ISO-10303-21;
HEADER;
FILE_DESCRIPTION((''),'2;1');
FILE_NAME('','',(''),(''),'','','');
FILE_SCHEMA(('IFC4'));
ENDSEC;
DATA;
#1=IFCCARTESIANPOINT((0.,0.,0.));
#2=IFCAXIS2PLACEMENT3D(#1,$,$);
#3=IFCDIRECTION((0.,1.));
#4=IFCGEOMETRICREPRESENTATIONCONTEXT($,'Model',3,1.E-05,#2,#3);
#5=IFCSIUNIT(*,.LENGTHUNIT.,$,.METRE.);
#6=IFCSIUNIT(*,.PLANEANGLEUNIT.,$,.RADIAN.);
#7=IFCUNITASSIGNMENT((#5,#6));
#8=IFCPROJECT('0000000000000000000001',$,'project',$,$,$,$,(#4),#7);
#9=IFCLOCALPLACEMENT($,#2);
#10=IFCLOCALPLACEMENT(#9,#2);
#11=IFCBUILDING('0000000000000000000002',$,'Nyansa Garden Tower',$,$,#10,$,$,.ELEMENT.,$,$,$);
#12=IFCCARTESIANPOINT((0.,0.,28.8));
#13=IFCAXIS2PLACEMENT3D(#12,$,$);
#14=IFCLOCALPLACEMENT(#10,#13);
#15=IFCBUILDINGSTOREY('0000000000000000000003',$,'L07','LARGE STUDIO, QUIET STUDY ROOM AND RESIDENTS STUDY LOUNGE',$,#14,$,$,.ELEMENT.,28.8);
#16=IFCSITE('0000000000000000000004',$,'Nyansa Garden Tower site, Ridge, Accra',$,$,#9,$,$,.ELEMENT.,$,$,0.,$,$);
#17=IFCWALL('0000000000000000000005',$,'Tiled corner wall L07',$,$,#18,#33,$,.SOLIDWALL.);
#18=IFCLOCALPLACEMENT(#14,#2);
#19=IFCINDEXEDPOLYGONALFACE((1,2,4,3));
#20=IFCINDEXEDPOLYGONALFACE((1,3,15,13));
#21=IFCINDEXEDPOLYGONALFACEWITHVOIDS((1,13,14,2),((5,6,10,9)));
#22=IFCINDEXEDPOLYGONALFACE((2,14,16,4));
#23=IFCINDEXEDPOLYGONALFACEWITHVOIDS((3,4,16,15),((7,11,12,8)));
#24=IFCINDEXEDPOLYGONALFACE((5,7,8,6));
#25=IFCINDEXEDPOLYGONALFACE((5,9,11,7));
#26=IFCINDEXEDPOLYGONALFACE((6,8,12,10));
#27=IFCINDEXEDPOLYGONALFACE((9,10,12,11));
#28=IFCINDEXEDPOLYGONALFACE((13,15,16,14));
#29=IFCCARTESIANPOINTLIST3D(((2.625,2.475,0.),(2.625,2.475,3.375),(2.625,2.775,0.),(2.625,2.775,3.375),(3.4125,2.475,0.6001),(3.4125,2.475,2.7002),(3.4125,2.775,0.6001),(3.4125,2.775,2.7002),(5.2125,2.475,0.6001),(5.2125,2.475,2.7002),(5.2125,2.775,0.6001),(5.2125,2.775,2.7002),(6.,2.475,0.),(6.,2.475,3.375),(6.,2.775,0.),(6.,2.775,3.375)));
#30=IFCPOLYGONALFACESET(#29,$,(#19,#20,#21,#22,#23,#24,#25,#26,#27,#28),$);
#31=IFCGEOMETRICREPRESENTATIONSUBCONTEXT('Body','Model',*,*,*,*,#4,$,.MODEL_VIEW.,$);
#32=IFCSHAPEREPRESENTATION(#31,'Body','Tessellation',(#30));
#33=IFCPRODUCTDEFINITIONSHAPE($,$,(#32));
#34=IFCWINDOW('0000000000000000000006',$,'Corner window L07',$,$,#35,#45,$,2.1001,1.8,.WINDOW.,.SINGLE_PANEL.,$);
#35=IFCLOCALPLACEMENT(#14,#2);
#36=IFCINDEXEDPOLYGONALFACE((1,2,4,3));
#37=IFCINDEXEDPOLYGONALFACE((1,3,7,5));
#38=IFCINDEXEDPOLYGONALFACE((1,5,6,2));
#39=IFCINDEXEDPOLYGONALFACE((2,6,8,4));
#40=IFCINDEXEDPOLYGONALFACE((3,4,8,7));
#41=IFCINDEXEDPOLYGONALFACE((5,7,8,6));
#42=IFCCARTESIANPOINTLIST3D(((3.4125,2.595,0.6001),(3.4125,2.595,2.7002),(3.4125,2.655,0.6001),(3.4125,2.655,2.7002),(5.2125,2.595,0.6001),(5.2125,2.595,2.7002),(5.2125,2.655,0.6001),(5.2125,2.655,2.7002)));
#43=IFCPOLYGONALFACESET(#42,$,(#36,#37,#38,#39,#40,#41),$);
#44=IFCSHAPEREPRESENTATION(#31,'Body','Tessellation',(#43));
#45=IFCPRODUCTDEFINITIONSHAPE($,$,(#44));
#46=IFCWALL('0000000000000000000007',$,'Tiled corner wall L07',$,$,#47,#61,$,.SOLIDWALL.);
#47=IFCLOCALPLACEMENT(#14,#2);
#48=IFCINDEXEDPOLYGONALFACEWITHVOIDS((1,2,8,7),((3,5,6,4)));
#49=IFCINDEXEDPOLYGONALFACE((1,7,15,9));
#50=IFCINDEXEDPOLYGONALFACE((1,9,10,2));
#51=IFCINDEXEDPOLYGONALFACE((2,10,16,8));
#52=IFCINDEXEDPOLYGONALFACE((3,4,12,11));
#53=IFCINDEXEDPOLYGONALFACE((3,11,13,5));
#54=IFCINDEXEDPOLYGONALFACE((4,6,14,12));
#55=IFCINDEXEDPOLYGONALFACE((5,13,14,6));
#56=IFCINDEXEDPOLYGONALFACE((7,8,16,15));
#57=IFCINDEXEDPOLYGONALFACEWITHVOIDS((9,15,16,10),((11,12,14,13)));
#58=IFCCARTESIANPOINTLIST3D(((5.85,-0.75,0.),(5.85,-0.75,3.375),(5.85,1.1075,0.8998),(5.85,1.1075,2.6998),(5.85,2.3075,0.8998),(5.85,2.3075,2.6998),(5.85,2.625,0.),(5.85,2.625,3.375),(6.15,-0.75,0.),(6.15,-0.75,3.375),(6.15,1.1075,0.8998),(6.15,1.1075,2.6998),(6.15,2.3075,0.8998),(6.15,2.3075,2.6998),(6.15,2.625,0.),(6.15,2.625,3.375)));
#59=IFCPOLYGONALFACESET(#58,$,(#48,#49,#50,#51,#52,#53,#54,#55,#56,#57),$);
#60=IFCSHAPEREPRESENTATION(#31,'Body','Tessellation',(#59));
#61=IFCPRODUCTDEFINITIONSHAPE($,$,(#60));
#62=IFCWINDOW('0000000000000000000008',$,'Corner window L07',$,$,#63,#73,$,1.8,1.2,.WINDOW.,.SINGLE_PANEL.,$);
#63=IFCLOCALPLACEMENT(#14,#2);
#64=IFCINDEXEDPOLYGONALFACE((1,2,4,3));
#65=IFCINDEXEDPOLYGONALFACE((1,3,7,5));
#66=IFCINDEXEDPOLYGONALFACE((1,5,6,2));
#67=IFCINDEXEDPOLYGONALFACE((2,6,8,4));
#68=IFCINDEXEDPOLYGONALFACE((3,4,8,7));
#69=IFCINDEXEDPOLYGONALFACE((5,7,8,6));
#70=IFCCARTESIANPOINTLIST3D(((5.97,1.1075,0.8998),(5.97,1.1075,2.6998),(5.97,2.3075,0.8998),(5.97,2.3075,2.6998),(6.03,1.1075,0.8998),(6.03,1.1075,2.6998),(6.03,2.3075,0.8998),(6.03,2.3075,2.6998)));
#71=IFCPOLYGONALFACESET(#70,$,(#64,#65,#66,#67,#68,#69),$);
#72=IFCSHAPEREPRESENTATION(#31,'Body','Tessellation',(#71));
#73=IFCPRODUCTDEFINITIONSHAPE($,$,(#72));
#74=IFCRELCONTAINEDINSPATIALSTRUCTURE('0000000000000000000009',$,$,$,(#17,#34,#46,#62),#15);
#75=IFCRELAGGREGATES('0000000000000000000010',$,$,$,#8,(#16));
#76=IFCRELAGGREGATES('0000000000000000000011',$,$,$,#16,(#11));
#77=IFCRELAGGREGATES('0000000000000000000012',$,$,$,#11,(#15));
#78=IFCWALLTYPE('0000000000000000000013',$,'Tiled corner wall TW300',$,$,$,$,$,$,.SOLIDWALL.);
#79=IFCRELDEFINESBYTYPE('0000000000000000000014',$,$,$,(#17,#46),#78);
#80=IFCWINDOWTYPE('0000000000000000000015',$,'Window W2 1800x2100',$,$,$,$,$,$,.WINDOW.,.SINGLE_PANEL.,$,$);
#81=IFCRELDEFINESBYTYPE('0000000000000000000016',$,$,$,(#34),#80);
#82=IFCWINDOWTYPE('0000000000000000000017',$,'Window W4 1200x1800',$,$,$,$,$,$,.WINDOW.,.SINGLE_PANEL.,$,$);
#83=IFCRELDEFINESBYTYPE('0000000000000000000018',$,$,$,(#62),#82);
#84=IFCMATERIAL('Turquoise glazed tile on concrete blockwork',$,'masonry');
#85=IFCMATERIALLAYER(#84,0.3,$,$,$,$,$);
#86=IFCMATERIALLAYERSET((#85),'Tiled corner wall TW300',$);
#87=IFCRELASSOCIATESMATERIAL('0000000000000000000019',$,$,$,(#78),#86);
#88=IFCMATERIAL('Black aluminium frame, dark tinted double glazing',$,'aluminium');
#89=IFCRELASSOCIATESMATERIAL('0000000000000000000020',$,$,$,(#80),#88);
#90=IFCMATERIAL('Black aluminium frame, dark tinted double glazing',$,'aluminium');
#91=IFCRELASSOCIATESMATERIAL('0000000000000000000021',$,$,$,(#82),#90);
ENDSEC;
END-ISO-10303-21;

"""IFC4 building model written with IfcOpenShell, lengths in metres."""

from ifc_helpers import new_model, si_unit, direction, frame, frame_2d, origin, place, context, subcontext, project, spatial, rectangle, extrude, material, layer, layer_set, type_object, element, fill, save


model = new_model("IFC4")

# Units and contexts
model_context = context("Model", 3, precision=1e-05, world=origin(), true_north=direction((0.0, 1.0)))
body_context = subcontext(model_context, "Body", "Model", "MODEL_VIEW")
ifc_project = project(units=[si_unit("LENGTHUNIT", "METRE"), si_unit("PLANEANGLEUNIT", "RADIAN")], contexts=[model_context])

# Site, building, storey
site_placement = place(None, origin())
site = spatial("IfcSite", under=ifc_project, at=site_placement, Name="Nyansa Garden Tower site, Ridge, Accra", CompositionType="ELEMENT", RefElevation=0.0)
building_placement = place(site_placement, origin())
building = spatial("IfcBuilding", under=site, at=building_placement, Name="Nyansa Garden Tower", CompositionType="ELEMENT")
storey_placement = place(building_placement, frame((0.0, 0.0, 28.8)))
storey = spatial("IfcBuildingStorey", under=building, at=storey_placement, Name="L07", Description="LARGE STUDIO, QUIET STUDY ROOM AND RESIDENTS STUDY LOUNGE", CompositionType="ELEMENT", Elevation=28.8)

# Walls, openings, windows
ifc_material_1 = material(Name="Turquoise glazed tile on concrete blockwork", Category="masonry")
ifc_layer_1 = layer(ifc_material_1, 0.3)
ifc_layer_set_1 = layer_set([ifc_layer_1], Name="Tiled corner wall TW300")
wall_type_1 = type_object("IfcWallType", Name="Tiled corner wall TW300", PredefinedType="SOLIDWALL", material=ifc_layer_set_1)
ifc_material_2 = material(Name="Black aluminium frame, dark tinted double glazing", Category="aluminium")
window_type_1 = type_object("IfcWindowType", Name="Window W2 1800x2100", PartitioningType="SINGLE_PANEL", PredefinedType="WINDOW", material=ifc_material_2)
wall_1_placement = place(storey_placement, frame((2.625, 2.625, 0.0), z_axis=(0.0, 0.0, 1.0), x_axis=(1.0, 0.0, 0.0)))
wall_1 = element("IfcWall", 1, at=wall_1_placement, inside=storey, type_object=wall_type_1, Name="Tiled corner wall L07", PredefinedType="SOLIDWALL", context=body_context, shape_type="SweptSolid", body=[
    extrude(rectangle(XDim=3.375, YDim=0.3, at=frame_2d((1.6875, 0.0))), origin(), (0.0, 0.0, 1.0), 3.375),
])
opening_1_placement = place(wall_1_placement, frame((0.7876, 0.0, 0.6001)))
opening_1 = element("IfcOpeningElement", 2, at=opening_1_placement, cuts=wall_1, PredefinedType="OPENING", context=body_context, shape_type="SweptSolid", body=[
    extrude(rectangle(XDim=1.8, YDim=2.1001, at=frame_2d((0.8999, 1.05))), frame((0.0, 0.1599, 0.0), z_axis=(0.0, -1.0, 0.0), x_axis=(1.0, 0.0, 0.0)), (0.0, 0.0, 1.0), 0.3201),
])
window_1_placement = place(opening_1_placement, origin())
window_1 = element("IfcWindow", 3, at=window_1_placement, inside=storey, type_object=window_type_1, Name="Corner window L07", OverallHeight=2.1001, OverallWidth=1.8, PartitioningType="SINGLE_PANEL", PredefinedType="WINDOW", context=body_context, shape_type="SweptSolid", body=[
    extrude(rectangle(XDim=1.8, YDim=2.1001, at=frame_2d((0.8999, 1.05))), frame((0.0, 0.03, 0.0), z_axis=(0.0, -1.0, 0.0), x_axis=(1.0, 0.0, 0.0)), (0.0, 0.0, 1.0), 0.0601),
])
fill(opening_1, window_1)
wall_2_placement = place(storey_placement, frame((6.0, 2.625, 0.0), z_axis=(0.0, 0.0, 1.0), x_axis=(0.0, -1.0, 0.0)))
wall_2 = element("IfcWall", 4, at=wall_2_placement, inside=storey, type_object=wall_type_1, Name="Tiled corner wall L07", PredefinedType="SOLIDWALL", context=body_context, shape_type="SweptSolid", body=[
    extrude(rectangle(XDim=3.375, YDim=0.3, at=frame_2d((1.6875, 0.0))), origin(), (0.0, 0.0, 1.0), 3.375),
])
opening_2_placement = place(wall_2_placement, frame((0.3174, 0.0, 0.8999)))
opening_2 = element("IfcOpeningElement", 5, at=opening_2_placement, cuts=wall_2, PredefinedType="OPENING", context=body_context, shape_type="SweptSolid", body=[
    extrude(rectangle(XDim=1.2, YDim=1.8, at=frame_2d((0.6001, 0.8999))), frame((0.0, 0.1599, 0.0), z_axis=(0.0, -1.0, 0.0), x_axis=(1.0, 0.0, 0.0)), (0.0, 0.0, 1.0), 0.3201),
])
ifc_material_3 = material(Name="Black aluminium frame, dark tinted double glazing", Category="aluminium")
window_type_2 = type_object("IfcWindowType", Name="Window W4 1200x1800", PartitioningType="SINGLE_PANEL", PredefinedType="WINDOW", material=ifc_material_3)
window_2_placement = place(opening_2_placement, origin())
window_2 = element("IfcWindow", 6, at=window_2_placement, inside=storey, type_object=window_type_2, Name="Corner window L07", OverallHeight=1.8, OverallWidth=1.2, PartitioningType="SINGLE_PANEL", PredefinedType="WINDOW", context=body_context, shape_type="SweptSolid", body=[
    extrude(rectangle(XDim=1.2, YDim=1.8, at=frame_2d((0.6001, 0.8999))), frame((0.0, 0.03, 0.0), z_axis=(0.0, -1.0, 0.0), x_axis=(1.0, 0.0, 0.0)), (0.0, 0.0, 1.0), 0.0601),
])
fill(opening_2, window_2)

save(model, "model.ifc")
